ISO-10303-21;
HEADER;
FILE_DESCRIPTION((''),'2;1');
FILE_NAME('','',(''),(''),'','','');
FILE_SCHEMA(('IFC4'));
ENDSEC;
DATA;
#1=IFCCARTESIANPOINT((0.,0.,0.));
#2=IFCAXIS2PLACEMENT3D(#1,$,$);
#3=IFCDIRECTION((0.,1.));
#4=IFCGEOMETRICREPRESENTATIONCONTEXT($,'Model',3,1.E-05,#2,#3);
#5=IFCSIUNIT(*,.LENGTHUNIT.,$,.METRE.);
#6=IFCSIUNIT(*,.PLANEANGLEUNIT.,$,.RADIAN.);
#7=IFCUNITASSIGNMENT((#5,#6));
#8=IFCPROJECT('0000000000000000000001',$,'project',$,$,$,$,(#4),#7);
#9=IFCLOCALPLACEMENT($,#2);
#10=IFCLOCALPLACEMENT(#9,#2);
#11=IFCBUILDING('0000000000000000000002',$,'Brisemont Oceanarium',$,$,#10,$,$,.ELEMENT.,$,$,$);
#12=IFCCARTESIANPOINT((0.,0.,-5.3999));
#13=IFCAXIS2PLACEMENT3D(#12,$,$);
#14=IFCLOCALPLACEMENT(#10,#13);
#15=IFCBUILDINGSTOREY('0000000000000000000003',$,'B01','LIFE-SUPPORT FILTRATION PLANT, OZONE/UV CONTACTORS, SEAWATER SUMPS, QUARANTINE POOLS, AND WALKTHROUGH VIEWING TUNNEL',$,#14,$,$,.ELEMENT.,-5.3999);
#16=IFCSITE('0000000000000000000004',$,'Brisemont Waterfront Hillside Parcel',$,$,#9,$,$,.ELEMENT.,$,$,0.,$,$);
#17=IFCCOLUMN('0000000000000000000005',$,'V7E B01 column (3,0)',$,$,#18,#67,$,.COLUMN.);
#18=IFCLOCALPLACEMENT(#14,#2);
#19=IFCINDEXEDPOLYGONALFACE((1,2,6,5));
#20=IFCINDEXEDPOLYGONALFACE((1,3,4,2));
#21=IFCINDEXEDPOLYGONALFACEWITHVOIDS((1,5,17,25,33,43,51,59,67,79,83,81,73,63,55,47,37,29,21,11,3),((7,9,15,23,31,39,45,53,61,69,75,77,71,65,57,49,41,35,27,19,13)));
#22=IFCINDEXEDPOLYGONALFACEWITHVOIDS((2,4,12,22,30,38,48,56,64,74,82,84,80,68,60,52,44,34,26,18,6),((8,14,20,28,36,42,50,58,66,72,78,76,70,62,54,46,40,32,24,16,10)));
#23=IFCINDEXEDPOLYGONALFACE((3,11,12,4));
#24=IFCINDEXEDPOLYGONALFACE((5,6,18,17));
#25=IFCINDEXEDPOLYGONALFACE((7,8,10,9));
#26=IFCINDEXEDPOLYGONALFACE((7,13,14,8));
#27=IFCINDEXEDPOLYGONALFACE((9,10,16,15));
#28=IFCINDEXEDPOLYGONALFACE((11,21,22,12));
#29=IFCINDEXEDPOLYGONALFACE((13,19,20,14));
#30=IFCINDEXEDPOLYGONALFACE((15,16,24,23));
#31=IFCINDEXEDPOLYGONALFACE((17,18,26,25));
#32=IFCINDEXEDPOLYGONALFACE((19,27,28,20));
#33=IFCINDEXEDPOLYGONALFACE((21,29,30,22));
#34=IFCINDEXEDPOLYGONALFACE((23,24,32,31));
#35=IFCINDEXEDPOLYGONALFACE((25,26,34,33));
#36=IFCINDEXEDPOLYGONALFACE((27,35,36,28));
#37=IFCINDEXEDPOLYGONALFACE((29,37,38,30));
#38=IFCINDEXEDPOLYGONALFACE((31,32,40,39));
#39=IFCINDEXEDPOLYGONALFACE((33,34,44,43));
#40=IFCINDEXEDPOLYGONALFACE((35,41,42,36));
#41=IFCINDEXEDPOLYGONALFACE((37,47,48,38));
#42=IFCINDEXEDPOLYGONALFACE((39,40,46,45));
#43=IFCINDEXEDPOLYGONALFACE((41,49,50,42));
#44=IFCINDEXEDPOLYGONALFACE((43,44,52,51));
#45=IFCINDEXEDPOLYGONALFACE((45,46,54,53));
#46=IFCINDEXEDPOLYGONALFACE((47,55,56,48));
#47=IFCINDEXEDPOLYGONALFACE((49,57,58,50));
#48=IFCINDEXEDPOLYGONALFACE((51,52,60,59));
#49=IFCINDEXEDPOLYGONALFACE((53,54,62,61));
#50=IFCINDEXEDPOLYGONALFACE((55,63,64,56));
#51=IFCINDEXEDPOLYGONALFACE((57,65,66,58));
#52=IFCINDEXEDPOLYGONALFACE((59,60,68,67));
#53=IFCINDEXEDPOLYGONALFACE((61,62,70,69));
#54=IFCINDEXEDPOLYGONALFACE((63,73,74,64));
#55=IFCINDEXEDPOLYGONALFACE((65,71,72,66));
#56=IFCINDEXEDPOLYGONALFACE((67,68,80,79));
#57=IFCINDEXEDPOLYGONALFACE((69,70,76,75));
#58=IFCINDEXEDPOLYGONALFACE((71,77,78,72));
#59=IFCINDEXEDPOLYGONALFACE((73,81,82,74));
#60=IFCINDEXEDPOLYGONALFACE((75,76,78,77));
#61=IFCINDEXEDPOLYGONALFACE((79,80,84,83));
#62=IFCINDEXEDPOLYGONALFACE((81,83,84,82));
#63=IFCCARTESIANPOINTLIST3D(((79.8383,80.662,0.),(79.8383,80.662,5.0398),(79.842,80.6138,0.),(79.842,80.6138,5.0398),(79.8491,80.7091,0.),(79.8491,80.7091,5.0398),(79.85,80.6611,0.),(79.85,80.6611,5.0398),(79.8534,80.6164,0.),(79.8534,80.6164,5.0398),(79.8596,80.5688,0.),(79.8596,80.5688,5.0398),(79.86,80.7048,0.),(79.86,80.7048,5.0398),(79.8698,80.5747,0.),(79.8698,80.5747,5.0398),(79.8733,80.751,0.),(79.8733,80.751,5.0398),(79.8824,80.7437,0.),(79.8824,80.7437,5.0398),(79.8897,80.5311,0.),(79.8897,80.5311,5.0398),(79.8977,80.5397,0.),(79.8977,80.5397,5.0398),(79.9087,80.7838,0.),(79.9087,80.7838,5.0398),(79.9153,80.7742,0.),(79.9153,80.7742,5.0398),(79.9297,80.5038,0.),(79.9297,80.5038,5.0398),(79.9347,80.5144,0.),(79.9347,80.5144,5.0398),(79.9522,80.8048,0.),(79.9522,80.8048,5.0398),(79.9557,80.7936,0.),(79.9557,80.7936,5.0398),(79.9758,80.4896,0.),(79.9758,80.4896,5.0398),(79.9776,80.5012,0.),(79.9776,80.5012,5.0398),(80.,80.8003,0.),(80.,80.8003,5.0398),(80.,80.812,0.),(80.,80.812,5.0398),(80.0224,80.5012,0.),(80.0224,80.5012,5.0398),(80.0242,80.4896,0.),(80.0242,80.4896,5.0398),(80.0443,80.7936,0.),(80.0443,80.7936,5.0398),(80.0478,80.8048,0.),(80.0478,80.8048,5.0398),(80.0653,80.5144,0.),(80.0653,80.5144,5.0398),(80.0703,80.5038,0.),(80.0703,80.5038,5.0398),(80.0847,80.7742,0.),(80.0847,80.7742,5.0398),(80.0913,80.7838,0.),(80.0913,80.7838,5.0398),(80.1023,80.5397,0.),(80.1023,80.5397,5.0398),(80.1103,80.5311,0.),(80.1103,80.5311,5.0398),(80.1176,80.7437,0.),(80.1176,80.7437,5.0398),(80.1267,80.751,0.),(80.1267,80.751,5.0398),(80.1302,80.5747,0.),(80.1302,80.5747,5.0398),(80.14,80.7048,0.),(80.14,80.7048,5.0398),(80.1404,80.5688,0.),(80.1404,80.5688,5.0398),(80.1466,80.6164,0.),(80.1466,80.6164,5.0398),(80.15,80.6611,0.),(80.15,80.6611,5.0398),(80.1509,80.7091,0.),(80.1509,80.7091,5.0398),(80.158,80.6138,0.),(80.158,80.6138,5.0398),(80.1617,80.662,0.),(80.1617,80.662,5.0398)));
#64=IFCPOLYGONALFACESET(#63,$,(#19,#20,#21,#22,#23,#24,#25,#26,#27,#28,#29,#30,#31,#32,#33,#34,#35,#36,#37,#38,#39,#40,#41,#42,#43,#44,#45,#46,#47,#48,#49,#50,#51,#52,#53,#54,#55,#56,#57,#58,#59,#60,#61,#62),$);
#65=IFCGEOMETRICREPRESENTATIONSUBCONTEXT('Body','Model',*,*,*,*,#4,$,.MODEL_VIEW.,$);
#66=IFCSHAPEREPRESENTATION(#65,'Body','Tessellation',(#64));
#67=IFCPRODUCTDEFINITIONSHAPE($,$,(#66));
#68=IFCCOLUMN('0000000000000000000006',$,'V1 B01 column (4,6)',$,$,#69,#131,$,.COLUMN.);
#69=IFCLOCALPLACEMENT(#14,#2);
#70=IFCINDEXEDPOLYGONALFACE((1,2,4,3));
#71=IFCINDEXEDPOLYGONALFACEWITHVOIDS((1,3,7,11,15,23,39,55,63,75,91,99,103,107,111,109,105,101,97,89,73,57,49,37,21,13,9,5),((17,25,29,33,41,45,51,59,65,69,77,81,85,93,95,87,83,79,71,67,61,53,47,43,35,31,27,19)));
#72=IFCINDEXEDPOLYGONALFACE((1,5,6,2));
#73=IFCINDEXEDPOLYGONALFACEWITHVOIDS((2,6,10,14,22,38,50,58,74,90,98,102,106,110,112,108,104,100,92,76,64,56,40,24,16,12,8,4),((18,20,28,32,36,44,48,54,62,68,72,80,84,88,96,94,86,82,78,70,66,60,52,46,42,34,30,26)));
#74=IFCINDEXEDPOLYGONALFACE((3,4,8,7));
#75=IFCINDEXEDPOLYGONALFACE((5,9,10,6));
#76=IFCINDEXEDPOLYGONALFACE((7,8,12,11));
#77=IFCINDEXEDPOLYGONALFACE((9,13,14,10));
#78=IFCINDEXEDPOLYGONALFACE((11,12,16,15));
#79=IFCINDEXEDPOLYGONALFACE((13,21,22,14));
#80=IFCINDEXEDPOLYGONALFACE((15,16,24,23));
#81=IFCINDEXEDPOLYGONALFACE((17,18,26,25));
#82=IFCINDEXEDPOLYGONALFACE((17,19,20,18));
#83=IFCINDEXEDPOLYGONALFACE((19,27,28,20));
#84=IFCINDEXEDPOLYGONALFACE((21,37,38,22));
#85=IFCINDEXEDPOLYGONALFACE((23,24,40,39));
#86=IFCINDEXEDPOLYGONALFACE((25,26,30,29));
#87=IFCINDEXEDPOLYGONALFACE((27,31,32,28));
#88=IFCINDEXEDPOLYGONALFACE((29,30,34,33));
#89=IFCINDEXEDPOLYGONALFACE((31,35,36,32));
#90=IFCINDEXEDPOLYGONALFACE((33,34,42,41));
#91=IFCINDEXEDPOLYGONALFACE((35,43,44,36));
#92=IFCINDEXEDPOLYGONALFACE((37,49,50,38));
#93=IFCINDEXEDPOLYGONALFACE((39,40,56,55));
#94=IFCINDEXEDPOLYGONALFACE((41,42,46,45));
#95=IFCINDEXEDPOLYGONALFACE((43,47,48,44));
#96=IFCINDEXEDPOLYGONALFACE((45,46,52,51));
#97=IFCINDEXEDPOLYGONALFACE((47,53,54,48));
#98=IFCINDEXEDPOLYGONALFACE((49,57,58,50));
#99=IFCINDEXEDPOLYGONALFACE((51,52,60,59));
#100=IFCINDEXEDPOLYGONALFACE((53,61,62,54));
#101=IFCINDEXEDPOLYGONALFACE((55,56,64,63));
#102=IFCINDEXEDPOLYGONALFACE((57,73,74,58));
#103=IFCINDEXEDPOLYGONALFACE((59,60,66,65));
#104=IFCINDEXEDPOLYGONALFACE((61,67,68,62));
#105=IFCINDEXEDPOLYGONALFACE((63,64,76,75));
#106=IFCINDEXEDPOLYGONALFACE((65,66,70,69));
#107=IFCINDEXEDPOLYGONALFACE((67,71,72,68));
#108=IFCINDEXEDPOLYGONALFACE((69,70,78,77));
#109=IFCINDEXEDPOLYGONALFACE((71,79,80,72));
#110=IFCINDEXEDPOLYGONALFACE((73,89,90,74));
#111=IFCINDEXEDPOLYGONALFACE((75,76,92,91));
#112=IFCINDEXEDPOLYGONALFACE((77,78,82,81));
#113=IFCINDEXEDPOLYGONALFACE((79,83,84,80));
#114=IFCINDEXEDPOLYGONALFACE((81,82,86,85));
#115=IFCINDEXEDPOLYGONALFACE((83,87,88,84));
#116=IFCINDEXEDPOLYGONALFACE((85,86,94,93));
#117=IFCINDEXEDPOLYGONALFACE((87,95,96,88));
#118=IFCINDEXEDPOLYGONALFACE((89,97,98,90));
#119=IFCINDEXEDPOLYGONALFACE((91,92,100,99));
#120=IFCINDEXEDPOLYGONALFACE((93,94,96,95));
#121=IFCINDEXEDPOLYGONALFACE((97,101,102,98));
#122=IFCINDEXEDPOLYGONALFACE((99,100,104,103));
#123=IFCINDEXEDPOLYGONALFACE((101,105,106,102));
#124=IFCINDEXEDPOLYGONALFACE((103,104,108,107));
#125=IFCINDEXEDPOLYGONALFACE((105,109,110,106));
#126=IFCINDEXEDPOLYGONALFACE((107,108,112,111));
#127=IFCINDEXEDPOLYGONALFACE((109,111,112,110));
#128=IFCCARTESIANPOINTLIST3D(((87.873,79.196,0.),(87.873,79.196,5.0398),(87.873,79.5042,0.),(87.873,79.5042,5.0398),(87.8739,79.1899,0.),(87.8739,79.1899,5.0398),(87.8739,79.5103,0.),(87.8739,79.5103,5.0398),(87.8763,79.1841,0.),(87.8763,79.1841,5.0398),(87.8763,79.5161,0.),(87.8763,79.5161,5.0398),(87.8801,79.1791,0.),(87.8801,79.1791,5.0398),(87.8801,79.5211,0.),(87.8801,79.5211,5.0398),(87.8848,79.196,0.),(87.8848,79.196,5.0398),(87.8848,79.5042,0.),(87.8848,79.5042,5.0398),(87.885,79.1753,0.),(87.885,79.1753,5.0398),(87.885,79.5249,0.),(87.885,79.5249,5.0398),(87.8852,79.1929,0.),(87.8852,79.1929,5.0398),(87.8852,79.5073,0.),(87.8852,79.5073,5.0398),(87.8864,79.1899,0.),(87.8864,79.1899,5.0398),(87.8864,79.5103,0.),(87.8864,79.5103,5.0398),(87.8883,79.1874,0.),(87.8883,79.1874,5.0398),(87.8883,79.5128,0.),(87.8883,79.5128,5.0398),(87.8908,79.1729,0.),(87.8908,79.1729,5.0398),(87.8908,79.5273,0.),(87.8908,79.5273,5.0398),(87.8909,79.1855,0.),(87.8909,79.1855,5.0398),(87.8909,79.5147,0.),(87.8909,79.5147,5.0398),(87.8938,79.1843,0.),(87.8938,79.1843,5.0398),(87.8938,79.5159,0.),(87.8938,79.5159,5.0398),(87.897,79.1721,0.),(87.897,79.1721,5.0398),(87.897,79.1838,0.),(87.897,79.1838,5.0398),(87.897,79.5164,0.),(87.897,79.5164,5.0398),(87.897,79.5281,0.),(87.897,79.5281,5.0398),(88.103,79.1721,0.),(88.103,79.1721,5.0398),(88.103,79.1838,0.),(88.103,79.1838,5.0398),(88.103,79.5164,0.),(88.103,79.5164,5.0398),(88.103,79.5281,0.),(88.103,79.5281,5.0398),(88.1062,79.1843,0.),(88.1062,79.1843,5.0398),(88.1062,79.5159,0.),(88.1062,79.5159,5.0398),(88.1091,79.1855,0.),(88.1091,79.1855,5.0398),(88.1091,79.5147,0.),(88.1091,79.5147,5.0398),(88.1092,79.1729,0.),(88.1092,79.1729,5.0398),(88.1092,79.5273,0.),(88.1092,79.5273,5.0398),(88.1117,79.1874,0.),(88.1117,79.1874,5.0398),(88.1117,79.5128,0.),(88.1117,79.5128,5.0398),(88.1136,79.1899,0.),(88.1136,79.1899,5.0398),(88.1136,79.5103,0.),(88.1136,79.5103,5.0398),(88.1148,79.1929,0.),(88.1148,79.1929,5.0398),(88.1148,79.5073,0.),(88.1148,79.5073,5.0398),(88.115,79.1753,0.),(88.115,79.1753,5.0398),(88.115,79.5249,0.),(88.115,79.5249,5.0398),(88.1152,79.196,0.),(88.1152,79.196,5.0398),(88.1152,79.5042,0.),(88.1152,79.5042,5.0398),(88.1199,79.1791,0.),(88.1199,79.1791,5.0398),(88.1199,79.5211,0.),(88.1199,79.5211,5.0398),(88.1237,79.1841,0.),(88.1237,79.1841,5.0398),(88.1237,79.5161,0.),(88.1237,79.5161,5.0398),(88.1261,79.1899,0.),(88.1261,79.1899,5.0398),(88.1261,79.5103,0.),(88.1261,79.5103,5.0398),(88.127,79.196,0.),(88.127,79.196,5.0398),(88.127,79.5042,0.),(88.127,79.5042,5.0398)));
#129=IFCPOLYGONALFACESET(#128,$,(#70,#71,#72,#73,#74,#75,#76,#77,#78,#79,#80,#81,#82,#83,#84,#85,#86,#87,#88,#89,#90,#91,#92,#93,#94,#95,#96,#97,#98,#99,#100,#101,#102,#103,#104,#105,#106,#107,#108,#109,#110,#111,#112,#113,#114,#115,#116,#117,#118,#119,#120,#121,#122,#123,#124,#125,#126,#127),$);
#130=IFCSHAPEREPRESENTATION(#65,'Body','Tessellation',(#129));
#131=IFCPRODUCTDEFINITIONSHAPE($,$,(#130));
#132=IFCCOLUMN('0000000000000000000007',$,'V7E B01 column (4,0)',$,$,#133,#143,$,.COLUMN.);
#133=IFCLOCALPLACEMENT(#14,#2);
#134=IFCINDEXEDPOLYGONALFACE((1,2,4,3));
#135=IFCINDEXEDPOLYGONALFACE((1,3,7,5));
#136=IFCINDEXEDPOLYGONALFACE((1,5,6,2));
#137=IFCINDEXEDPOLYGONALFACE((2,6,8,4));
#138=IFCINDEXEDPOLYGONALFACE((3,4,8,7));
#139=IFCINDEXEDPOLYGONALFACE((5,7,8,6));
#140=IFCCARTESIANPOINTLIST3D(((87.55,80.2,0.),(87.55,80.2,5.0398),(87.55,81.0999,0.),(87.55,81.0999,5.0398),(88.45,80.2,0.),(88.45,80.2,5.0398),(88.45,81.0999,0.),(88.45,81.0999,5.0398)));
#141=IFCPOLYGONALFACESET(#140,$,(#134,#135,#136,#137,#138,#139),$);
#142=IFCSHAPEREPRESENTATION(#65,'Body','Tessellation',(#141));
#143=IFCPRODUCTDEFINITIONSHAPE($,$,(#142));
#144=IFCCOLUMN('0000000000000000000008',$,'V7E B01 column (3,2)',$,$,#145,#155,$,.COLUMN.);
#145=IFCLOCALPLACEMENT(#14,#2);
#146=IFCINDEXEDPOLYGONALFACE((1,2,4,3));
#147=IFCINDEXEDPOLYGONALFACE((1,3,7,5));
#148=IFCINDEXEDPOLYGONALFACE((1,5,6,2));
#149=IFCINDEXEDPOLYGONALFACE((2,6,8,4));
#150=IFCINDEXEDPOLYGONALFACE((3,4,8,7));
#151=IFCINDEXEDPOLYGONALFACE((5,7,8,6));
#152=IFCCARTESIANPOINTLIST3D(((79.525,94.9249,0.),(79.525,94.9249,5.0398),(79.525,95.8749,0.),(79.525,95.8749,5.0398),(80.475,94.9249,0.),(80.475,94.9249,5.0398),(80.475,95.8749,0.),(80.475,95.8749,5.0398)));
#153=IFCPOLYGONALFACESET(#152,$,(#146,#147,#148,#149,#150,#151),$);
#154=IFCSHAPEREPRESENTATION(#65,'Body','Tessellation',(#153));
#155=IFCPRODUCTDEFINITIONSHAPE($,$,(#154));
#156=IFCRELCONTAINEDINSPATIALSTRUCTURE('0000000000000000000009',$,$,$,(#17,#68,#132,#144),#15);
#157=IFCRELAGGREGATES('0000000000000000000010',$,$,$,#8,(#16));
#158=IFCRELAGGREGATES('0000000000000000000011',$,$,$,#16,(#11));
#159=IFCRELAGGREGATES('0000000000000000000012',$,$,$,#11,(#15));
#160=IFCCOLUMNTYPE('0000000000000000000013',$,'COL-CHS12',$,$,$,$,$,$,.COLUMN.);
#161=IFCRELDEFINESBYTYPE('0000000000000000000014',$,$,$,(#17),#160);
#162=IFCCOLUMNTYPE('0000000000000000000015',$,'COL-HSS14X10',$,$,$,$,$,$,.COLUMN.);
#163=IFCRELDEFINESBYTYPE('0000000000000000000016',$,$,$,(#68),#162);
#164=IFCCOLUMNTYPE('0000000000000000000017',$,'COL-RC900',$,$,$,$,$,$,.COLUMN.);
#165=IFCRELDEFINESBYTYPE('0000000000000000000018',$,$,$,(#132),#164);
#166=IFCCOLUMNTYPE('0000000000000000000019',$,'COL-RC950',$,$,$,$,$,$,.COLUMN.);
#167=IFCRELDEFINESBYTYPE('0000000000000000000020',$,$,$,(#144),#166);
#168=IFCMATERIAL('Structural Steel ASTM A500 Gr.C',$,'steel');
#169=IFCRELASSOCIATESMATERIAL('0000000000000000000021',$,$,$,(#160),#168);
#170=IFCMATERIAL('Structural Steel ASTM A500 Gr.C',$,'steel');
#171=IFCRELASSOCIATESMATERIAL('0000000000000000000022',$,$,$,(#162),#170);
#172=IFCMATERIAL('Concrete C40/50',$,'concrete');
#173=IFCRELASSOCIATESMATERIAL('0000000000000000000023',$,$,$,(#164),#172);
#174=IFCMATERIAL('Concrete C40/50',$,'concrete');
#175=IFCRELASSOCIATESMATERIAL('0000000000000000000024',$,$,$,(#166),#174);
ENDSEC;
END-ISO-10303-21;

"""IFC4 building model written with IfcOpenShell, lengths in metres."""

from ifc_helpers import new_model, si_unit, direction, frame, origin, origin_2d, place, context, subcontext, project, spatial, rectangle, hollow_rectangle, hollow_circle, extrude, material, material_profile, profile_set, type_object, element, save


model = new_model("IFC4")

# Units and contexts
model_context = context("Model", 3, precision=1e-05, world=origin(), true_north=direction((0.0, 1.0)))
body_context = subcontext(model_context, "Body", "Model", "MODEL_VIEW")
ifc_project = project(units=[si_unit("LENGTHUNIT", "METRE"), si_unit("PLANEANGLEUNIT", "RADIAN")], contexts=[model_context])

# Site, building, storey
site_placement = place(None, origin())
site = spatial("IfcSite", under=ifc_project, at=site_placement, Name="Brisemont Waterfront Hillside Parcel", CompositionType="ELEMENT", RefElevation=0.0)
building_placement = place(site_placement, origin())
building = spatial("IfcBuilding", under=site, at=building_placement, Name="Brisemont Oceanarium", CompositionType="ELEMENT")
storey_placement = place(building_placement, frame((0.0, 0.0, -5.3999)))
storey = spatial("IfcBuildingStorey", under=building, at=storey_placement, Name="B01", Description="LIFE-SUPPORT FILTRATION PLANT, OZONE/UV CONTACTORS, SEAWATER SUMPS, QUARANTINE POOLS, AND WALKTHROUGH VIEWING TUNNEL", CompositionType="ELEMENT", Elevation=-5.3999)

# Columns
ifc_material_1 = material(Name="Structural Steel ASTM A500 Gr.C", Category="steel")
ifc_material_profile_1 = material_profile(ifc_material_1, hollow_circle(Radius=0.1621, WallThickness=0.0117, at=origin_2d()), Name="HSS12.750X0.500")
ifc_profile_set_1 = profile_set([ifc_material_profile_1], Name="Structural Steel ASTM A500 Gr.C")
column_type_1 = type_object("IfcColumnType", Name="COL-CHS12", PredefinedType="COLUMN", material=ifc_profile_set_1)
column_1_placement = place(storey_placement, frame((80.0, 80.6499, 0.0), z_axis=(0.0, 0.0, 1.0), x_axis=(0.0, 1.0, 0.0)))
element("IfcColumn", 1, at=column_1_placement, inside=storey, type_object=column_type_1, Name="V7E B01 column (3,0)", PredefinedType="COLUMN", context=body_context, shape_type="SweptSolid", body=[
    extrude(hollow_circle(Radius=0.1621, WallThickness=0.0117, at=origin_2d()), origin(), (0.0, 0.0, 1.0), 5.0398),
])
ifc_material_2 = material(Name="Structural Steel ASTM A500 Gr.C", Category="steel")
ifc_material_profile_2 = material_profile(ifc_material_2, hollow_rectangle(XDim=0.2539, YDim=0.356, WallThickness=0.0117, InnerFilletRadius=0.0122, OuterFilletRadius=0.0239, at=origin_2d()), Name="HSS14X10X1/2")
ifc_profile_set_2 = profile_set([ifc_material_profile_2], Name="Structural Steel ASTM A500 Gr.C")
column_type_2 = type_object("IfcColumnType", Name="COL-HSS14X10", PredefinedType="COLUMN", material=ifc_profile_set_2)
column_2_placement = place(storey_placement, frame((88.0, 79.3501, 0.0), z_axis=(0.0, 0.0, 1.0), x_axis=(1.0, 0.0, 0.0)))
element("IfcColumn", 2, at=column_2_placement, inside=storey, type_object=column_type_2, Name="V1 B01 column (4,6)", PredefinedType="COLUMN", context=body_context, shape_type="SweptSolid", body=[
    extrude(hollow_rectangle(XDim=0.2539, YDim=0.356, WallThickness=0.0117, InnerFilletRadius=0.0122, OuterFilletRadius=0.0239, at=origin_2d()), origin(), (0.0, 0.0, 1.0), 5.0398),
])
ifc_material_3 = material(Name="Concrete C40/50", Category="concrete")
ifc_material_profile_3 = material_profile(ifc_material_3, rectangle(XDim=0.8999, YDim=0.8999, at=origin_2d()), Name="RC-COL-900X900")
ifc_profile_set_3 = profile_set([ifc_material_profile_3], Name="Concrete C40/50")
column_type_3 = type_object("IfcColumnType", Name="COL-RC900", PredefinedType="COLUMN", material=ifc_profile_set_3)
column_3_placement = place(storey_placement, frame((88.0, 80.6499, 0.0), z_axis=(0.0, 0.0, 1.0), x_axis=(1.0, 0.0, 0.0)))
element("IfcColumn", 3, at=column_3_placement, inside=storey, type_object=column_type_3, Name="V7E B01 column (4,0)", PredefinedType="COLUMN", context=body_context, shape_type="SweptSolid", body=[
    extrude(rectangle(XDim=0.8999, YDim=0.8999, at=origin_2d()), origin(), (0.0, 0.0, 1.0), 5.0398),
])
ifc_material_4 = material(Name="Concrete C40/50", Category="concrete")
ifc_material_profile_4 = material_profile(ifc_material_4, rectangle(XDim=0.95, YDim=0.95, at=origin_2d()), Name="RC-COL-950X950")
ifc_profile_set_4 = profile_set([ifc_material_profile_4], Name="Concrete C40/50")
column_type_4 = type_object("IfcColumnType", Name="COL-RC950", PredefinedType="COLUMN", material=ifc_profile_set_4)
column_4_placement = place(storey_placement, frame((80.0, 95.3999, 0.0), z_axis=(0.0, 0.0, 1.0), x_axis=(0.0, 1.0, 0.0)))
element("IfcColumn", 4, at=column_4_placement, inside=storey, type_object=column_type_4, Name="V7E B01 column (3,2)", PredefinedType="COLUMN", context=body_context, shape_type="SweptSolid", body=[
    extrude(rectangle(XDim=0.95, YDim=0.95, at=origin_2d()), origin(), (0.0, 0.0, 1.0), 5.0398),
])

save(model, "model.ifc")
